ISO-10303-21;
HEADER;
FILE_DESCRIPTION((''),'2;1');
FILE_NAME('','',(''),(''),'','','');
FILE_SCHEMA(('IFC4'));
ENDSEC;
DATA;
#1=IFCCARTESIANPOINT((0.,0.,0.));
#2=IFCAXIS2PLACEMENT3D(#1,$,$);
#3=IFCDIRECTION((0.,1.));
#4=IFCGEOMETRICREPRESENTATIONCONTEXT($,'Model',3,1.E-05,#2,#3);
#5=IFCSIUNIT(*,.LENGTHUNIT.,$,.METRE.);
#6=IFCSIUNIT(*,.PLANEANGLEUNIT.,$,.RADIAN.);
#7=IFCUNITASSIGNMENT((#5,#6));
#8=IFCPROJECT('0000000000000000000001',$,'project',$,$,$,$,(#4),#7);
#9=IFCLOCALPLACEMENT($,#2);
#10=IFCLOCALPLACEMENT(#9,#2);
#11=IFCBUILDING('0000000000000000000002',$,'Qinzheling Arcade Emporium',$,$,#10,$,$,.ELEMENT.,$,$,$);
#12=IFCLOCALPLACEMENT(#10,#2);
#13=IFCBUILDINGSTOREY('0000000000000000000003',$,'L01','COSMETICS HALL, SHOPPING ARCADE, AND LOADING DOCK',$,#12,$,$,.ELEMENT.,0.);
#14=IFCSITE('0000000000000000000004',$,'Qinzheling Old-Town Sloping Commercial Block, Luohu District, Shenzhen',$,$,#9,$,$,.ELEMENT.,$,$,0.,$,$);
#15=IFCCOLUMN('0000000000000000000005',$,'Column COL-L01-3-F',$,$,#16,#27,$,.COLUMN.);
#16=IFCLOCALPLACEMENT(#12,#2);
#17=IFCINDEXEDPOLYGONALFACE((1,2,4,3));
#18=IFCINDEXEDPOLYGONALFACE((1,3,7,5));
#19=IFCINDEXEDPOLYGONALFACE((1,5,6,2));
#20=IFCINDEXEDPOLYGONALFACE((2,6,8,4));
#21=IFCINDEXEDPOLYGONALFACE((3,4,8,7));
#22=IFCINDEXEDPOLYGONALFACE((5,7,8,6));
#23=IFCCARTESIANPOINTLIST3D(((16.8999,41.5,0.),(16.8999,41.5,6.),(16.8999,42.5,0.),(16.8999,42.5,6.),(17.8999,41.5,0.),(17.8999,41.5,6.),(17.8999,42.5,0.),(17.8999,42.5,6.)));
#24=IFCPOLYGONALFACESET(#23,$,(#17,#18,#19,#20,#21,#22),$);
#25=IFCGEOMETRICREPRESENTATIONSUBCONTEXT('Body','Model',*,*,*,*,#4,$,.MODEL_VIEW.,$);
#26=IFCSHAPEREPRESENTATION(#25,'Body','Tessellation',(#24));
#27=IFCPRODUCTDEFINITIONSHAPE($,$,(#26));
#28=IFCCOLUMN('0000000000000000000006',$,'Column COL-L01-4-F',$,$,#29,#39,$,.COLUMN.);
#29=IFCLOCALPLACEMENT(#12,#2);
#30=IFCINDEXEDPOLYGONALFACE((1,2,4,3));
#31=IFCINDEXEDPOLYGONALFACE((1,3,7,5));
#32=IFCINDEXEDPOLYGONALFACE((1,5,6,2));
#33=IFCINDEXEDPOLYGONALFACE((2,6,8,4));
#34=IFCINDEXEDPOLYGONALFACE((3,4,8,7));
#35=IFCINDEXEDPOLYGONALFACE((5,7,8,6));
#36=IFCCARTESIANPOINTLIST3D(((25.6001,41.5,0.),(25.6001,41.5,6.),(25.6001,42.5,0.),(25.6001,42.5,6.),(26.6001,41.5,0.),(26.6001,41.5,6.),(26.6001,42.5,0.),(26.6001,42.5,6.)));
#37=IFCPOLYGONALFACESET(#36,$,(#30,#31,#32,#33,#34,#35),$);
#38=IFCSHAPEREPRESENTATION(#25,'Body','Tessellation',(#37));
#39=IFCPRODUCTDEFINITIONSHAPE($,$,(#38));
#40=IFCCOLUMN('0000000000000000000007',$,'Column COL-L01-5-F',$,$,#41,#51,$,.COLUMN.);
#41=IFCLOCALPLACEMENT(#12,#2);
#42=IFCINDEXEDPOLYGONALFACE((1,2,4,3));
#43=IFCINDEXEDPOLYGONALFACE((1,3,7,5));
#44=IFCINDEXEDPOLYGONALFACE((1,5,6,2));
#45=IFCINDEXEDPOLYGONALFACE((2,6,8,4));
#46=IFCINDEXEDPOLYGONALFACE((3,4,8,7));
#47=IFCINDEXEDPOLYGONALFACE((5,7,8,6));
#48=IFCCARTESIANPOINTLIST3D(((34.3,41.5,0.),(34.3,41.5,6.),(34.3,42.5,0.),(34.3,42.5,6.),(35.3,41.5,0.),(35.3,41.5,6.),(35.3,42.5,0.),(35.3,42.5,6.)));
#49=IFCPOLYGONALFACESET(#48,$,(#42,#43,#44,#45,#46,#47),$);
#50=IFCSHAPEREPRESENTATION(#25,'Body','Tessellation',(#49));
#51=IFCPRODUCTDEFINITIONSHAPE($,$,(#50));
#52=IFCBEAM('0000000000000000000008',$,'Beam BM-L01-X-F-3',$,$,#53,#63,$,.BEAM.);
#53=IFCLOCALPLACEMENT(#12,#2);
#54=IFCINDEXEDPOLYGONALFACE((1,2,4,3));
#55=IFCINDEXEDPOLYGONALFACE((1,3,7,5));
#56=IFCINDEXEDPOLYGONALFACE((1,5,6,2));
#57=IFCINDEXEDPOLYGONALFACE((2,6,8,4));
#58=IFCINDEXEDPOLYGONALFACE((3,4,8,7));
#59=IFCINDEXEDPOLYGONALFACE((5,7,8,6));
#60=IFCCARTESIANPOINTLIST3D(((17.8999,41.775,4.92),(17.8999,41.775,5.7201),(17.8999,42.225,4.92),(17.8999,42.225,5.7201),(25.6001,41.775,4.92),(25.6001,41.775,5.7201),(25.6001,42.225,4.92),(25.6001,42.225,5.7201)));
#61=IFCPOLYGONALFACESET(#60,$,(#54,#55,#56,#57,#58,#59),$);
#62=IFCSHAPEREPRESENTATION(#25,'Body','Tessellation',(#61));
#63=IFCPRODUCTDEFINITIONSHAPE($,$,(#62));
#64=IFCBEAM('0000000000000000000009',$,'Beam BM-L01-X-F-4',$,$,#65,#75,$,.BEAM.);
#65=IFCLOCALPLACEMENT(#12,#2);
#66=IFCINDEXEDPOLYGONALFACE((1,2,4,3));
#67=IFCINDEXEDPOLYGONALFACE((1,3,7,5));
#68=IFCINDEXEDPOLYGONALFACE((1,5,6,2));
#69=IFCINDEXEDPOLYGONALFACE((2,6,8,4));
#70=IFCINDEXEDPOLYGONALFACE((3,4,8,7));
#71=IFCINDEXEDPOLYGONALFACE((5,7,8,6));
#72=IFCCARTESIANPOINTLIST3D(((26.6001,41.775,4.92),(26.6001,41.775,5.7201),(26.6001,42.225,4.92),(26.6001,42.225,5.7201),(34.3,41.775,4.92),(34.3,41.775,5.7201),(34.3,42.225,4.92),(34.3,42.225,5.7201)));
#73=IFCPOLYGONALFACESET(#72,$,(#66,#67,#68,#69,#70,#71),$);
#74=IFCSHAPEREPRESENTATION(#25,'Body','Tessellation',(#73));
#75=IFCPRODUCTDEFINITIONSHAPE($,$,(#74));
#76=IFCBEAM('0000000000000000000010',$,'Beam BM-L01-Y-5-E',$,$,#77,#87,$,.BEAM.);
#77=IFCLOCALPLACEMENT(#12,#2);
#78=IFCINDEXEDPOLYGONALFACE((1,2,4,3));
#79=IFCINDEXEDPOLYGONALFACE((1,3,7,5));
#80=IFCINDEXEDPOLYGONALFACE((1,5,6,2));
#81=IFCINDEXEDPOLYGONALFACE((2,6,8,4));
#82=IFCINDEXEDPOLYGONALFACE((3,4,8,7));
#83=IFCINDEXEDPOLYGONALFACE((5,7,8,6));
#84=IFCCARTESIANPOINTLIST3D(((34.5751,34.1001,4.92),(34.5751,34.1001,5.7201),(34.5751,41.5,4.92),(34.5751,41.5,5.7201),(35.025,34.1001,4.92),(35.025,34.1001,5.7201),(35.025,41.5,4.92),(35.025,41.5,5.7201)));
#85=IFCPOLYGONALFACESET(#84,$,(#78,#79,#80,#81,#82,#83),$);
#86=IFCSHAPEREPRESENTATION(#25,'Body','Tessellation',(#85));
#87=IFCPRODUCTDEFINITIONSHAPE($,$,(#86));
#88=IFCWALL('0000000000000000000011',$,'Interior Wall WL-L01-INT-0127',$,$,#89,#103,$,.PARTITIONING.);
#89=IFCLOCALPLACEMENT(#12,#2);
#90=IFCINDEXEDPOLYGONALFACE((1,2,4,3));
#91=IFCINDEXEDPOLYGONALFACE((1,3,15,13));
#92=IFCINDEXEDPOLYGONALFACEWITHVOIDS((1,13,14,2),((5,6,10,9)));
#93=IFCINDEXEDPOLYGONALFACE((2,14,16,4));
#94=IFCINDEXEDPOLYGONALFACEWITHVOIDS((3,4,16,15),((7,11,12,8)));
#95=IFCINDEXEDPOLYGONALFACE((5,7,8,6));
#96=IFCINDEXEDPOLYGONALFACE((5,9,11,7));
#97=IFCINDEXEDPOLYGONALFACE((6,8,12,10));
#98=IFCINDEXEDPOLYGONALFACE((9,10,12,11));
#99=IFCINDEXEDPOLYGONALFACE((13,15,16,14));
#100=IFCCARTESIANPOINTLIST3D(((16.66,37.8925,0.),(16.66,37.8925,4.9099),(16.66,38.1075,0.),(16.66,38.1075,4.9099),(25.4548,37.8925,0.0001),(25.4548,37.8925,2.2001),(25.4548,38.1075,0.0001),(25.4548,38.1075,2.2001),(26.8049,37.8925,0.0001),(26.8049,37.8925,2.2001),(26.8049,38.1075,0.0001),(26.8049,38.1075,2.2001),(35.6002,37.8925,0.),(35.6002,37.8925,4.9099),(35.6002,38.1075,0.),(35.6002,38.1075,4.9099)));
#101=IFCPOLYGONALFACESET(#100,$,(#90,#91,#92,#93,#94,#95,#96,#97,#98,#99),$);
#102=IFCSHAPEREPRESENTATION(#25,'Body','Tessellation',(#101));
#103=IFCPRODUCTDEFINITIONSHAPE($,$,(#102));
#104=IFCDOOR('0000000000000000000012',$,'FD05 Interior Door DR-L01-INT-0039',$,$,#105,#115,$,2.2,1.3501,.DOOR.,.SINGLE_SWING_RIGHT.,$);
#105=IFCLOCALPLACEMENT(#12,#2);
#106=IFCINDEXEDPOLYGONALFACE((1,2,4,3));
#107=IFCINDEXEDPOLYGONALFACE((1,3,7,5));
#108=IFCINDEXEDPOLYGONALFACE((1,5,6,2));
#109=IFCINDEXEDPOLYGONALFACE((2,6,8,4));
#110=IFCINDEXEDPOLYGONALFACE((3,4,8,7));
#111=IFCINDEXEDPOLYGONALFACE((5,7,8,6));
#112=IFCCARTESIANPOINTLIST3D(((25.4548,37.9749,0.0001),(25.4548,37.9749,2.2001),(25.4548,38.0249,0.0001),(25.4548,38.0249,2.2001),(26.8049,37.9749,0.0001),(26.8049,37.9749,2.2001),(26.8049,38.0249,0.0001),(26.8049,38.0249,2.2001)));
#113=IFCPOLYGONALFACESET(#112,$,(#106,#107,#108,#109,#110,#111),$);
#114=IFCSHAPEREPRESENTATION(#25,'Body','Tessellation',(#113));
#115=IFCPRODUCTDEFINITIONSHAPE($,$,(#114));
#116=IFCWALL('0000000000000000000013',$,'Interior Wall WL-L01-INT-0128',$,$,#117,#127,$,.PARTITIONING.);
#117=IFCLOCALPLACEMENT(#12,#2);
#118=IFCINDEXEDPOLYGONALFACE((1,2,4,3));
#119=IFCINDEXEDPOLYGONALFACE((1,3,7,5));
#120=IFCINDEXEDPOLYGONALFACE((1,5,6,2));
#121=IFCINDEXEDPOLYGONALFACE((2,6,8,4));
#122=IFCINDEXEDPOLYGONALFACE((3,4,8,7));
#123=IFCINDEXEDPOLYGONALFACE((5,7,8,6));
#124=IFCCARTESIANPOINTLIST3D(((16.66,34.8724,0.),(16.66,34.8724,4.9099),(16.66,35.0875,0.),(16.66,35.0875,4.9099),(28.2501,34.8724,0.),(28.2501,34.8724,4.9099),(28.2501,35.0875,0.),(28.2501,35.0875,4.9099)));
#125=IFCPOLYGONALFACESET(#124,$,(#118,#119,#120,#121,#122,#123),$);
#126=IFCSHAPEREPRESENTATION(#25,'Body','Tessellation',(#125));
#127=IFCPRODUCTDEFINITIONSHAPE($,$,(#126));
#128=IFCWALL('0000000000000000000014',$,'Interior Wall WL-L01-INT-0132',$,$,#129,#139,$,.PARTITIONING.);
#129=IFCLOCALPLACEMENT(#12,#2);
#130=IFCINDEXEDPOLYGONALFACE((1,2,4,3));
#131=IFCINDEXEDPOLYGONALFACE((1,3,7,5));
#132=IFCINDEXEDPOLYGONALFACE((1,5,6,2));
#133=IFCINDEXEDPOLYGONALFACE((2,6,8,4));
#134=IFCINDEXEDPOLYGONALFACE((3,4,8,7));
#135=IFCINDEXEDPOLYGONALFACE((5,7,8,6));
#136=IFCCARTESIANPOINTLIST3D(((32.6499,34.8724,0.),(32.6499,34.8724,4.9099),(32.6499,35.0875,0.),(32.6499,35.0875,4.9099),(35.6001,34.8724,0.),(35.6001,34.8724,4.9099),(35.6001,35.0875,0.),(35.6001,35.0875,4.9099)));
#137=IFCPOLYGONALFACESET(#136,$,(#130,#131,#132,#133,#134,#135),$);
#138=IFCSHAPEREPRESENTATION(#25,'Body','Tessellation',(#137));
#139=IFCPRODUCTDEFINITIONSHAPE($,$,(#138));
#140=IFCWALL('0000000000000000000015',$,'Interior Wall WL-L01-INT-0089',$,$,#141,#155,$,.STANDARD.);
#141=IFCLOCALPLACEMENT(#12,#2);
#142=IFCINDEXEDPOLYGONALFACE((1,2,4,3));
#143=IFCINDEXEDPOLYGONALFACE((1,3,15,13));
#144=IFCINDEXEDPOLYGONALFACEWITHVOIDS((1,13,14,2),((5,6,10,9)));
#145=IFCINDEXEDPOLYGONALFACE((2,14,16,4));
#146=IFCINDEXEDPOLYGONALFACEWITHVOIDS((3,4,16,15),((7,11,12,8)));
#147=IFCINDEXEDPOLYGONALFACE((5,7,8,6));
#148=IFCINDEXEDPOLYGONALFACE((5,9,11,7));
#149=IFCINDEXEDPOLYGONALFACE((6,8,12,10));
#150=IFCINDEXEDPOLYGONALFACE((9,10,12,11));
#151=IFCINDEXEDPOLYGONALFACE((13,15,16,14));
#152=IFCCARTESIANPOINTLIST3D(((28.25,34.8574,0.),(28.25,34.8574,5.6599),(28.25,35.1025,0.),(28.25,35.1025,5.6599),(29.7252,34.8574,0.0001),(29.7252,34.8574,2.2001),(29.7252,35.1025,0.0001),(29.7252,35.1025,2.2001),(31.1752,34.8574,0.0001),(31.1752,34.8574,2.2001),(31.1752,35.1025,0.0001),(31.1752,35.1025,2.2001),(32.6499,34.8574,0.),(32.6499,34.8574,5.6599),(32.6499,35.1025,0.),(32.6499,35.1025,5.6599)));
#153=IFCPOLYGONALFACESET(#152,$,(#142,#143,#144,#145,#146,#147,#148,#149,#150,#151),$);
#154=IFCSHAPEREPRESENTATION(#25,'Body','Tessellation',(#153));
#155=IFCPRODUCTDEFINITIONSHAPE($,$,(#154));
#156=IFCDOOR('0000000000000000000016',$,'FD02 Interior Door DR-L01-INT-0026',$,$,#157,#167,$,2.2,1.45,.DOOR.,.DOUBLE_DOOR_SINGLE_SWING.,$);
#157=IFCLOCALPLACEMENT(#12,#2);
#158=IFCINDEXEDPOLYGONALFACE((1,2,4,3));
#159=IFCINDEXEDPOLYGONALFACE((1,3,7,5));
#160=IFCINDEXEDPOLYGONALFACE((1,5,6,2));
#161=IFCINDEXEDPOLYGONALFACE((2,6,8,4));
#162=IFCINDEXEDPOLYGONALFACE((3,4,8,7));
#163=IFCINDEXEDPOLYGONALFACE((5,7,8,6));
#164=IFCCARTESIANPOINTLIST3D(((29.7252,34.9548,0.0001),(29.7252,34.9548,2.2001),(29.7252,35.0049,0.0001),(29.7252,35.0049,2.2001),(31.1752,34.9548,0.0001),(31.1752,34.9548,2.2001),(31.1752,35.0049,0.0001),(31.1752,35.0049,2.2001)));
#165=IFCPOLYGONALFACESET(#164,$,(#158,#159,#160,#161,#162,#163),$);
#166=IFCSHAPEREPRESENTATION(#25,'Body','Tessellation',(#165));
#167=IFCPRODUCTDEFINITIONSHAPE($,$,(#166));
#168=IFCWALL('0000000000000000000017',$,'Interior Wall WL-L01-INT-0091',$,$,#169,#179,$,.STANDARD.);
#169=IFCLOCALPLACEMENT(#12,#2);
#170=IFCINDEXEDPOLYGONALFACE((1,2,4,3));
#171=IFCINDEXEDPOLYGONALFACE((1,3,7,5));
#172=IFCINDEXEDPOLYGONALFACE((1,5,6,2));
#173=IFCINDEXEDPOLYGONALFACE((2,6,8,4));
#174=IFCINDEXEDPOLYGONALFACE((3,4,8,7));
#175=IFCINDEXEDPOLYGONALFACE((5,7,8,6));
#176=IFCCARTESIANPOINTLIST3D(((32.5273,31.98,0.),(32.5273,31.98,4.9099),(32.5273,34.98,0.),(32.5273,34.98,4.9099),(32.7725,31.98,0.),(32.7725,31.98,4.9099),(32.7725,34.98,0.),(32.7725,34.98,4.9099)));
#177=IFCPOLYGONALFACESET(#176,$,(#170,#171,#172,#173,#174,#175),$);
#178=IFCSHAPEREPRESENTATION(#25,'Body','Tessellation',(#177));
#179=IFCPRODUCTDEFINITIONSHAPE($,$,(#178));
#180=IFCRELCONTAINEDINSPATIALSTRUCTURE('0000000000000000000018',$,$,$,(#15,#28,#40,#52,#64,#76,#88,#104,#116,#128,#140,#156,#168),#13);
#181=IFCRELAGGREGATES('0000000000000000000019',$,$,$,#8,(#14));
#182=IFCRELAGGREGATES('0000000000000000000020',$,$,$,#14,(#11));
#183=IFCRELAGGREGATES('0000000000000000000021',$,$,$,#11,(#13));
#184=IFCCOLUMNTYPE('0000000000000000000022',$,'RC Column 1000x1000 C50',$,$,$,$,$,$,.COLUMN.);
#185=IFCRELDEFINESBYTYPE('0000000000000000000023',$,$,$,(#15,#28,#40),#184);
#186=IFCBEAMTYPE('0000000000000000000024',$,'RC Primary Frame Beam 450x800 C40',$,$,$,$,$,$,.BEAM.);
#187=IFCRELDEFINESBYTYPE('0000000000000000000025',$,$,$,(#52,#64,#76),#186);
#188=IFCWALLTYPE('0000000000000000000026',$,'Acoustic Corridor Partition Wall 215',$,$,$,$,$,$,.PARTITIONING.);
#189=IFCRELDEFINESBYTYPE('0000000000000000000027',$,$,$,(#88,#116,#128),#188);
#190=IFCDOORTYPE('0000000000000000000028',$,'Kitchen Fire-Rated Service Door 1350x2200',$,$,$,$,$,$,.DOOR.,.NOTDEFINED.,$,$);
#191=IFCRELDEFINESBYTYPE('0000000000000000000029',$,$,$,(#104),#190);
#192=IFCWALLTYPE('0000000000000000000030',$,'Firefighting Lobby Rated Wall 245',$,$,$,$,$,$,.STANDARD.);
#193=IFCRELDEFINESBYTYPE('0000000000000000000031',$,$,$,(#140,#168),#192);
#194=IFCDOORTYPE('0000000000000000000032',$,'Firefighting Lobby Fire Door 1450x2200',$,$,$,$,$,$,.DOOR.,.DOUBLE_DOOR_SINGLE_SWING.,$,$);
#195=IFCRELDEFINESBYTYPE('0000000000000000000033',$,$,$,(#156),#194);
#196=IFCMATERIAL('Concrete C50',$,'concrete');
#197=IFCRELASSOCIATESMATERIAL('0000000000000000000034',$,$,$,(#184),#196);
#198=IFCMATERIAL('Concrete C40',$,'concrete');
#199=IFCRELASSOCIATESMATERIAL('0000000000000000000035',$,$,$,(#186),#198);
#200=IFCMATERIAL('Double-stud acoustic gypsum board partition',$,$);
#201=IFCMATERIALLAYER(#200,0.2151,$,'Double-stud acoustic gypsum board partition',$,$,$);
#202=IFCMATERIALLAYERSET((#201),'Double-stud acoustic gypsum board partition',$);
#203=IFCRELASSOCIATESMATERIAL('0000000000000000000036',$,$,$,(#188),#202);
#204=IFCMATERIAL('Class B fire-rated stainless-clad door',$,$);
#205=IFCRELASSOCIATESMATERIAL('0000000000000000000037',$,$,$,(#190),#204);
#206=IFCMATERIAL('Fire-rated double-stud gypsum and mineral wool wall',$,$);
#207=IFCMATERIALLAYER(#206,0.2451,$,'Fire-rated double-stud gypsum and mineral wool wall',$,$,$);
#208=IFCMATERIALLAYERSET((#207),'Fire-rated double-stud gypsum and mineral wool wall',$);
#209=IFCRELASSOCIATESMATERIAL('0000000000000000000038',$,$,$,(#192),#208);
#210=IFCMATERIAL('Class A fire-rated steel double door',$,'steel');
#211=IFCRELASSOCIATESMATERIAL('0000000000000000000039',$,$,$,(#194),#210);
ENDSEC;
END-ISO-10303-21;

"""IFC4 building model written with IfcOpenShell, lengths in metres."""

from ifc_helpers import new_model, si_unit, direction, frame, frame_2d, origin, origin_2d, place, context, subcontext, project, spatial, rectangle, extrude, material, layer, layer_set, material_profile, profile_set, type_object, element, fill, save


model = new_model("IFC4")

# Units and contexts
model_context = context("Model", 3, precision=1e-05, world=origin(), true_north=direction((0.0, 1.0)))
body_context = subcontext(model_context, "Body", "Model", "MODEL_VIEW")
ifc_project = project(units=[si_unit("LENGTHUNIT", "METRE"), si_unit("PLANEANGLEUNIT", "RADIAN")], contexts=[model_context])

# Site, building, storey
site_placement = place(None, origin())
site = spatial("IfcSite", under=ifc_project, at=site_placement, Name="Qinzheling Old-Town Sloping Commercial Block, Luohu District, Shenzhen", CompositionType="ELEMENT", RefElevation=0.0)
building_placement = place(site_placement, origin())
building = spatial("IfcBuilding", under=site, at=building_placement, Name="Qinzheling Arcade Emporium", CompositionType="ELEMENT")
storey_placement = place(building_placement, origin())
storey = spatial("IfcBuildingStorey", under=building, at=storey_placement, Name="L01", Description="COSMETICS HALL, SHOPPING ARCADE, AND LOADING DOCK", CompositionType="ELEMENT", Elevation=0.0)

# Columns
ifc_material_1 = material(Name="Concrete C50", Category="concrete")
ifc_material_profile_1 = material_profile(ifc_material_1, rectangle(XDim=1.0, YDim=1.0, at=origin_2d()), Name="RC 1000x1000", Category="concrete")
ifc_profile_set_1 = profile_set([ifc_material_profile_1], Name="Concrete C50")
column_type = type_object("IfcColumnType", Name="RC Column 1000x1000 C50", PredefinedType="COLUMN", material=ifc_profile_set_1)
for number, where, z_axis, x_axis, name in (
    (1, (17.3999, 42.0, 0.0), (0.0, 0.0, 1.0), (1.0, 0.0, 0.0), "Column COL-L01-3-F"),
    (2, (26.1001, 42.0, 0.0), (0.0, 0.0, 1.0), (1.0, 0.0, 0.0), "Column COL-L01-4-F"),
    (3, (34.8, 42.0, 0.0), (0.0, 0.0, 1.0), (1.0, 0.0, 0.0), "Column COL-L01-5-F"),
):
    element("IfcColumn", number, at=place(storey_placement, frame(where, z_axis=z_axis, x_axis=x_axis)), inside=storey, type_object=column_type, Name=name, PredefinedType="COLUMN", context=body_context, shape_type="SweptSolid", body=[
        extrude(rectangle(XDim=1.0, YDim=1.0, at=origin_2d()), origin(), (0.0, 0.0, 1.0), 6.0),
    ])

# Beams
ifc_material_2 = material(Name="Concrete C40", Category="concrete")
ifc_material_profile_2 = material_profile(ifc_material_2, rectangle(XDim=0.45, YDim=0.8, at=origin_2d()), Name="RC 450x800", Category="concrete")
ifc_profile_set_2 = profile_set([ifc_material_profile_2], Name="Concrete C40")
beam_type = type_object("IfcBeamType", Name="RC Primary Frame Beam 450x800 C40", PredefinedType="BEAM", material=ifc_profile_set_2)
beam_1_placement = place(storey_placement, frame((17.8999, 42.0, 5.3201), z_axis=(1.0, 0.0, 0.0), x_axis=(0.0, 1.0, 0.0)))
element("IfcBeam", 4, at=beam_1_placement, inside=storey, type_object=beam_type, Name="Beam BM-L01-X-F-3", PredefinedType="BEAM", context=body_context, shape_type="SweptSolid", body=[
    extrude(rectangle(XDim=0.45, YDim=0.8, at=origin_2d()), origin(), (0.0, 0.0, 1.0), 7.7002),
])
beam_2_placement = place(storey_placement, frame((26.6001, 42.0, 5.3201), z_axis=(1.0, 0.0, 0.0), x_axis=(0.0, 1.0, 0.0)))
element("IfcBeam", 5, at=beam_2_placement, inside=storey, type_object=beam_type, Name="Beam BM-L01-X-F-4", PredefinedType="BEAM", context=body_context, shape_type="SweptSolid", body=[
    extrude(rectangle(XDim=0.45, YDim=0.8, at=origin_2d()), origin(), (0.0, 0.0, 1.0), 7.7),
])
beam_3_placement = place(storey_placement, frame((34.8, 34.1001, 5.3201), z_axis=(0.0, 1.0, 0.0), x_axis=(-1.0, 0.0, 0.0)))
element("IfcBeam", 6, at=beam_3_placement, inside=storey, type_object=beam_type, Name="Beam BM-L01-Y-5-E", PredefinedType="BEAM", context=body_context, shape_type="SweptSolid", body=[
    extrude(rectangle(XDim=0.45, YDim=0.8, at=origin_2d()), origin(), (0.0, 0.0, 1.0), 7.3999),
])

# Wall, opening, door
ifc_material_3 = material(Name="Double-stud acoustic gypsum board partition")
ifc_layer_1 = layer(ifc_material_3, 0.2151, Name="Double-stud acoustic gypsum board partition")
ifc_layer_set_1 = layer_set([ifc_layer_1], Name="Double-stud acoustic gypsum board partition")
wall_type_1 = type_object("IfcWallType", Name="Acoustic Corridor Partition Wall 215", PredefinedType="PARTITIONING", material=ifc_layer_set_1)
wall_1_placement = place(storey_placement, frame((16.6599, 38.0, 0.0), z_axis=(0.0, 0.0, 1.0), x_axis=(1.0, 0.0, 0.0)))
wall_1 = element("IfcWall", 7, at=wall_1_placement, inside=storey, type_object=wall_type_1, Name="Interior Wall WL-L01-INT-0127", PredefinedType="PARTITIONING", context=body_context, shape_type="SweptSolid", body=[
    extrude(rectangle(XDim=18.9402, YDim=0.2151, at=frame_2d((9.4702, 0.0))), origin(), (0.0, 0.0, 1.0), 4.9099),
])
opening_1_placement = place(wall_1_placement, frame((8.7949, 0.0, 0.0)))
opening_1 = element("IfcOpeningElement", 8, at=opening_1_placement, cuts=wall_1, PredefinedType="OPENING", context=body_context, shape_type="SweptSolid", body=[
    extrude(rectangle(XDim=1.3501, YDim=2.2, at=frame_2d((0.675, 1.1001))), frame((0.0, 0.1177, 0.0), z_axis=(0.0, -1.0, 0.0), x_axis=(1.0, 0.0, 0.0)), (0.0, 0.0, 1.0), 0.2351),
])
ifc_material_4 = material(Name="Class B fire-rated stainless-clad door")
door_type_1 = type_object("IfcDoorType", Name="Kitchen Fire-Rated Service Door 1350x2200", OperationType="NOTDEFINED", PredefinedType="DOOR", material=ifc_material_4)
door_1_placement = place(opening_1_placement, origin())
door_1 = element("IfcDoor", 9, at=door_1_placement, inside=storey, type_object=door_type_1, Name="FD05 Interior Door DR-L01-INT-0039", OperationType="SINGLE_SWING_RIGHT", OverallHeight=2.2, OverallWidth=1.3501, PredefinedType="DOOR", context=body_context, shape_type="SweptSolid", body=[
    extrude(rectangle(XDim=1.3501, YDim=2.2, at=frame_2d((0.675, 1.1001))), frame((0.0, 0.0249, 0.0), z_axis=(0.0, -1.0, 0.0), x_axis=(1.0, 0.0, 0.0)), (0.0, 0.0, 1.0), 0.05),
])
fill(opening_1, door_1)

# Walls
wall_2_placement = place(storey_placement, frame((28.25, 34.98, 0.0), z_axis=(0.0, 0.0, 1.0), x_axis=(-1.0, 0.0, 0.0)))
element("IfcWall", 10, at=wall_2_placement, inside=storey, type_object=wall_type_1, Name="Interior Wall WL-L01-INT-0128", PredefinedType="PARTITIONING", context=body_context, shape_type="SweptSolid", body=[
    extrude(rectangle(XDim=11.5901, YDim=0.2151, at=frame_2d((5.7949, 0.0))), origin(), (0.0, 0.0, 1.0), 4.9099),
])
wall_3_placement = place(storey_placement, frame((35.6001, 34.98, 0.0), z_axis=(0.0, 0.0, 1.0), x_axis=(-1.0, 0.0, 0.0)))
element("IfcWall", 11, at=wall_3_placement, inside=storey, type_object=wall_type_1, Name="Interior Wall WL-L01-INT-0132", PredefinedType="PARTITIONING", context=body_context, shape_type="SweptSolid", body=[
    extrude(rectangle(XDim=2.9502, YDim=0.2151, at=frame_2d((1.4751, 0.0))), origin(), (0.0, 0.0, 1.0), 4.9099),
])

# Wall, opening, door
ifc_material_5 = material(Name="Fire-rated double-stud gypsum and mineral wool wall")
ifc_layer_2 = layer(ifc_material_5, 0.2451, Name="Fire-rated double-stud gypsum and mineral wool wall")
ifc_layer_set_2 = layer_set([ifc_layer_2], Name="Fire-rated double-stud gypsum and mineral wool wall")
wall_type_2 = type_object("IfcWallType", Name="Firefighting Lobby Rated Wall 245", PredefinedType="STANDARD", material=ifc_layer_set_2)
wall_4_placement = place(storey_placement, frame((28.25, 34.98, 0.0), z_axis=(0.0, 0.0, 1.0), x_axis=(1.0, 0.0, 0.0)))
wall_4 = element("IfcWall", 12, at=wall_4_placement, inside=storey, type_object=wall_type_2, Name="Interior Wall WL-L01-INT-0089", PredefinedType="STANDARD", context=body_context, shape_type="SweptSolid", body=[
    extrude(rectangle(XDim=4.3999, YDim=0.2451, at=frame_2d((2.2, 0.0))), origin(), (0.0, 0.0, 1.0), 5.6599),
])
opening_2_placement = place(wall_4_placement, frame((1.4751, 0.0, 0.0)))
opening_2 = element("IfcOpeningElement", 13, at=opening_2_placement, cuts=wall_4, PredefinedType="OPENING", context=body_context, shape_type="SweptSolid", body=[
    extrude(rectangle(XDim=1.45, YDim=2.2, at=frame_2d((0.7251, 1.1001))), frame((0.0, 0.1326, 0.0), z_axis=(0.0, -1.0, 0.0), x_axis=(1.0, 0.0, 0.0)), (0.0, 0.0, 1.0), 0.2651),
])
ifc_material_6 = material(Name="Class A fire-rated steel double door", Category="steel")
door_type_2 = type_object("IfcDoorType", Name="Firefighting Lobby Fire Door 1450x2200", OperationType="DOUBLE_DOOR_SINGLE_SWING", PredefinedType="DOOR", material=ifc_material_6)
door_2_placement = place(opening_2_placement, origin())
door_2 = element("IfcDoor", 14, at=door_2_placement, inside=storey, type_object=door_type_2, Name="FD02 Interior Door DR-L01-INT-0026", OperationType="DOUBLE_DOOR_SINGLE_SWING", OverallHeight=2.2, OverallWidth=1.45, PredefinedType="DOOR", context=body_context, shape_type="SweptSolid", body=[
    extrude(rectangle(XDim=1.45, YDim=2.2, at=frame_2d((0.7251, 1.1001))), frame((0.0, 0.0249, 0.0), z_axis=(0.0, -1.0, 0.0), x_axis=(1.0, 0.0, 0.0)), (0.0, 0.0, 1.0), 0.05),
])
fill(opening_2, door_2)

# Wall
wall_5_placement = place(storey_placement, frame((32.6499, 34.98, 0.0), z_axis=(0.0, 0.0, 1.0), x_axis=(0.0, -1.0, 0.0)))
element("IfcWall", 15, at=wall_5_placement, inside=storey, type_object=wall_type_2, Name="Interior Wall WL-L01-INT-0091", PredefinedType="STANDARD", context=body_context, shape_type="SweptSolid", body=[
    extrude(rectangle(XDim=3.0, YDim=0.2451, at=frame_2d((1.5, 0.0))), origin(), (0.0, 0.0, 1.0), 4.9099),
])

save(model, "model.ifc")
